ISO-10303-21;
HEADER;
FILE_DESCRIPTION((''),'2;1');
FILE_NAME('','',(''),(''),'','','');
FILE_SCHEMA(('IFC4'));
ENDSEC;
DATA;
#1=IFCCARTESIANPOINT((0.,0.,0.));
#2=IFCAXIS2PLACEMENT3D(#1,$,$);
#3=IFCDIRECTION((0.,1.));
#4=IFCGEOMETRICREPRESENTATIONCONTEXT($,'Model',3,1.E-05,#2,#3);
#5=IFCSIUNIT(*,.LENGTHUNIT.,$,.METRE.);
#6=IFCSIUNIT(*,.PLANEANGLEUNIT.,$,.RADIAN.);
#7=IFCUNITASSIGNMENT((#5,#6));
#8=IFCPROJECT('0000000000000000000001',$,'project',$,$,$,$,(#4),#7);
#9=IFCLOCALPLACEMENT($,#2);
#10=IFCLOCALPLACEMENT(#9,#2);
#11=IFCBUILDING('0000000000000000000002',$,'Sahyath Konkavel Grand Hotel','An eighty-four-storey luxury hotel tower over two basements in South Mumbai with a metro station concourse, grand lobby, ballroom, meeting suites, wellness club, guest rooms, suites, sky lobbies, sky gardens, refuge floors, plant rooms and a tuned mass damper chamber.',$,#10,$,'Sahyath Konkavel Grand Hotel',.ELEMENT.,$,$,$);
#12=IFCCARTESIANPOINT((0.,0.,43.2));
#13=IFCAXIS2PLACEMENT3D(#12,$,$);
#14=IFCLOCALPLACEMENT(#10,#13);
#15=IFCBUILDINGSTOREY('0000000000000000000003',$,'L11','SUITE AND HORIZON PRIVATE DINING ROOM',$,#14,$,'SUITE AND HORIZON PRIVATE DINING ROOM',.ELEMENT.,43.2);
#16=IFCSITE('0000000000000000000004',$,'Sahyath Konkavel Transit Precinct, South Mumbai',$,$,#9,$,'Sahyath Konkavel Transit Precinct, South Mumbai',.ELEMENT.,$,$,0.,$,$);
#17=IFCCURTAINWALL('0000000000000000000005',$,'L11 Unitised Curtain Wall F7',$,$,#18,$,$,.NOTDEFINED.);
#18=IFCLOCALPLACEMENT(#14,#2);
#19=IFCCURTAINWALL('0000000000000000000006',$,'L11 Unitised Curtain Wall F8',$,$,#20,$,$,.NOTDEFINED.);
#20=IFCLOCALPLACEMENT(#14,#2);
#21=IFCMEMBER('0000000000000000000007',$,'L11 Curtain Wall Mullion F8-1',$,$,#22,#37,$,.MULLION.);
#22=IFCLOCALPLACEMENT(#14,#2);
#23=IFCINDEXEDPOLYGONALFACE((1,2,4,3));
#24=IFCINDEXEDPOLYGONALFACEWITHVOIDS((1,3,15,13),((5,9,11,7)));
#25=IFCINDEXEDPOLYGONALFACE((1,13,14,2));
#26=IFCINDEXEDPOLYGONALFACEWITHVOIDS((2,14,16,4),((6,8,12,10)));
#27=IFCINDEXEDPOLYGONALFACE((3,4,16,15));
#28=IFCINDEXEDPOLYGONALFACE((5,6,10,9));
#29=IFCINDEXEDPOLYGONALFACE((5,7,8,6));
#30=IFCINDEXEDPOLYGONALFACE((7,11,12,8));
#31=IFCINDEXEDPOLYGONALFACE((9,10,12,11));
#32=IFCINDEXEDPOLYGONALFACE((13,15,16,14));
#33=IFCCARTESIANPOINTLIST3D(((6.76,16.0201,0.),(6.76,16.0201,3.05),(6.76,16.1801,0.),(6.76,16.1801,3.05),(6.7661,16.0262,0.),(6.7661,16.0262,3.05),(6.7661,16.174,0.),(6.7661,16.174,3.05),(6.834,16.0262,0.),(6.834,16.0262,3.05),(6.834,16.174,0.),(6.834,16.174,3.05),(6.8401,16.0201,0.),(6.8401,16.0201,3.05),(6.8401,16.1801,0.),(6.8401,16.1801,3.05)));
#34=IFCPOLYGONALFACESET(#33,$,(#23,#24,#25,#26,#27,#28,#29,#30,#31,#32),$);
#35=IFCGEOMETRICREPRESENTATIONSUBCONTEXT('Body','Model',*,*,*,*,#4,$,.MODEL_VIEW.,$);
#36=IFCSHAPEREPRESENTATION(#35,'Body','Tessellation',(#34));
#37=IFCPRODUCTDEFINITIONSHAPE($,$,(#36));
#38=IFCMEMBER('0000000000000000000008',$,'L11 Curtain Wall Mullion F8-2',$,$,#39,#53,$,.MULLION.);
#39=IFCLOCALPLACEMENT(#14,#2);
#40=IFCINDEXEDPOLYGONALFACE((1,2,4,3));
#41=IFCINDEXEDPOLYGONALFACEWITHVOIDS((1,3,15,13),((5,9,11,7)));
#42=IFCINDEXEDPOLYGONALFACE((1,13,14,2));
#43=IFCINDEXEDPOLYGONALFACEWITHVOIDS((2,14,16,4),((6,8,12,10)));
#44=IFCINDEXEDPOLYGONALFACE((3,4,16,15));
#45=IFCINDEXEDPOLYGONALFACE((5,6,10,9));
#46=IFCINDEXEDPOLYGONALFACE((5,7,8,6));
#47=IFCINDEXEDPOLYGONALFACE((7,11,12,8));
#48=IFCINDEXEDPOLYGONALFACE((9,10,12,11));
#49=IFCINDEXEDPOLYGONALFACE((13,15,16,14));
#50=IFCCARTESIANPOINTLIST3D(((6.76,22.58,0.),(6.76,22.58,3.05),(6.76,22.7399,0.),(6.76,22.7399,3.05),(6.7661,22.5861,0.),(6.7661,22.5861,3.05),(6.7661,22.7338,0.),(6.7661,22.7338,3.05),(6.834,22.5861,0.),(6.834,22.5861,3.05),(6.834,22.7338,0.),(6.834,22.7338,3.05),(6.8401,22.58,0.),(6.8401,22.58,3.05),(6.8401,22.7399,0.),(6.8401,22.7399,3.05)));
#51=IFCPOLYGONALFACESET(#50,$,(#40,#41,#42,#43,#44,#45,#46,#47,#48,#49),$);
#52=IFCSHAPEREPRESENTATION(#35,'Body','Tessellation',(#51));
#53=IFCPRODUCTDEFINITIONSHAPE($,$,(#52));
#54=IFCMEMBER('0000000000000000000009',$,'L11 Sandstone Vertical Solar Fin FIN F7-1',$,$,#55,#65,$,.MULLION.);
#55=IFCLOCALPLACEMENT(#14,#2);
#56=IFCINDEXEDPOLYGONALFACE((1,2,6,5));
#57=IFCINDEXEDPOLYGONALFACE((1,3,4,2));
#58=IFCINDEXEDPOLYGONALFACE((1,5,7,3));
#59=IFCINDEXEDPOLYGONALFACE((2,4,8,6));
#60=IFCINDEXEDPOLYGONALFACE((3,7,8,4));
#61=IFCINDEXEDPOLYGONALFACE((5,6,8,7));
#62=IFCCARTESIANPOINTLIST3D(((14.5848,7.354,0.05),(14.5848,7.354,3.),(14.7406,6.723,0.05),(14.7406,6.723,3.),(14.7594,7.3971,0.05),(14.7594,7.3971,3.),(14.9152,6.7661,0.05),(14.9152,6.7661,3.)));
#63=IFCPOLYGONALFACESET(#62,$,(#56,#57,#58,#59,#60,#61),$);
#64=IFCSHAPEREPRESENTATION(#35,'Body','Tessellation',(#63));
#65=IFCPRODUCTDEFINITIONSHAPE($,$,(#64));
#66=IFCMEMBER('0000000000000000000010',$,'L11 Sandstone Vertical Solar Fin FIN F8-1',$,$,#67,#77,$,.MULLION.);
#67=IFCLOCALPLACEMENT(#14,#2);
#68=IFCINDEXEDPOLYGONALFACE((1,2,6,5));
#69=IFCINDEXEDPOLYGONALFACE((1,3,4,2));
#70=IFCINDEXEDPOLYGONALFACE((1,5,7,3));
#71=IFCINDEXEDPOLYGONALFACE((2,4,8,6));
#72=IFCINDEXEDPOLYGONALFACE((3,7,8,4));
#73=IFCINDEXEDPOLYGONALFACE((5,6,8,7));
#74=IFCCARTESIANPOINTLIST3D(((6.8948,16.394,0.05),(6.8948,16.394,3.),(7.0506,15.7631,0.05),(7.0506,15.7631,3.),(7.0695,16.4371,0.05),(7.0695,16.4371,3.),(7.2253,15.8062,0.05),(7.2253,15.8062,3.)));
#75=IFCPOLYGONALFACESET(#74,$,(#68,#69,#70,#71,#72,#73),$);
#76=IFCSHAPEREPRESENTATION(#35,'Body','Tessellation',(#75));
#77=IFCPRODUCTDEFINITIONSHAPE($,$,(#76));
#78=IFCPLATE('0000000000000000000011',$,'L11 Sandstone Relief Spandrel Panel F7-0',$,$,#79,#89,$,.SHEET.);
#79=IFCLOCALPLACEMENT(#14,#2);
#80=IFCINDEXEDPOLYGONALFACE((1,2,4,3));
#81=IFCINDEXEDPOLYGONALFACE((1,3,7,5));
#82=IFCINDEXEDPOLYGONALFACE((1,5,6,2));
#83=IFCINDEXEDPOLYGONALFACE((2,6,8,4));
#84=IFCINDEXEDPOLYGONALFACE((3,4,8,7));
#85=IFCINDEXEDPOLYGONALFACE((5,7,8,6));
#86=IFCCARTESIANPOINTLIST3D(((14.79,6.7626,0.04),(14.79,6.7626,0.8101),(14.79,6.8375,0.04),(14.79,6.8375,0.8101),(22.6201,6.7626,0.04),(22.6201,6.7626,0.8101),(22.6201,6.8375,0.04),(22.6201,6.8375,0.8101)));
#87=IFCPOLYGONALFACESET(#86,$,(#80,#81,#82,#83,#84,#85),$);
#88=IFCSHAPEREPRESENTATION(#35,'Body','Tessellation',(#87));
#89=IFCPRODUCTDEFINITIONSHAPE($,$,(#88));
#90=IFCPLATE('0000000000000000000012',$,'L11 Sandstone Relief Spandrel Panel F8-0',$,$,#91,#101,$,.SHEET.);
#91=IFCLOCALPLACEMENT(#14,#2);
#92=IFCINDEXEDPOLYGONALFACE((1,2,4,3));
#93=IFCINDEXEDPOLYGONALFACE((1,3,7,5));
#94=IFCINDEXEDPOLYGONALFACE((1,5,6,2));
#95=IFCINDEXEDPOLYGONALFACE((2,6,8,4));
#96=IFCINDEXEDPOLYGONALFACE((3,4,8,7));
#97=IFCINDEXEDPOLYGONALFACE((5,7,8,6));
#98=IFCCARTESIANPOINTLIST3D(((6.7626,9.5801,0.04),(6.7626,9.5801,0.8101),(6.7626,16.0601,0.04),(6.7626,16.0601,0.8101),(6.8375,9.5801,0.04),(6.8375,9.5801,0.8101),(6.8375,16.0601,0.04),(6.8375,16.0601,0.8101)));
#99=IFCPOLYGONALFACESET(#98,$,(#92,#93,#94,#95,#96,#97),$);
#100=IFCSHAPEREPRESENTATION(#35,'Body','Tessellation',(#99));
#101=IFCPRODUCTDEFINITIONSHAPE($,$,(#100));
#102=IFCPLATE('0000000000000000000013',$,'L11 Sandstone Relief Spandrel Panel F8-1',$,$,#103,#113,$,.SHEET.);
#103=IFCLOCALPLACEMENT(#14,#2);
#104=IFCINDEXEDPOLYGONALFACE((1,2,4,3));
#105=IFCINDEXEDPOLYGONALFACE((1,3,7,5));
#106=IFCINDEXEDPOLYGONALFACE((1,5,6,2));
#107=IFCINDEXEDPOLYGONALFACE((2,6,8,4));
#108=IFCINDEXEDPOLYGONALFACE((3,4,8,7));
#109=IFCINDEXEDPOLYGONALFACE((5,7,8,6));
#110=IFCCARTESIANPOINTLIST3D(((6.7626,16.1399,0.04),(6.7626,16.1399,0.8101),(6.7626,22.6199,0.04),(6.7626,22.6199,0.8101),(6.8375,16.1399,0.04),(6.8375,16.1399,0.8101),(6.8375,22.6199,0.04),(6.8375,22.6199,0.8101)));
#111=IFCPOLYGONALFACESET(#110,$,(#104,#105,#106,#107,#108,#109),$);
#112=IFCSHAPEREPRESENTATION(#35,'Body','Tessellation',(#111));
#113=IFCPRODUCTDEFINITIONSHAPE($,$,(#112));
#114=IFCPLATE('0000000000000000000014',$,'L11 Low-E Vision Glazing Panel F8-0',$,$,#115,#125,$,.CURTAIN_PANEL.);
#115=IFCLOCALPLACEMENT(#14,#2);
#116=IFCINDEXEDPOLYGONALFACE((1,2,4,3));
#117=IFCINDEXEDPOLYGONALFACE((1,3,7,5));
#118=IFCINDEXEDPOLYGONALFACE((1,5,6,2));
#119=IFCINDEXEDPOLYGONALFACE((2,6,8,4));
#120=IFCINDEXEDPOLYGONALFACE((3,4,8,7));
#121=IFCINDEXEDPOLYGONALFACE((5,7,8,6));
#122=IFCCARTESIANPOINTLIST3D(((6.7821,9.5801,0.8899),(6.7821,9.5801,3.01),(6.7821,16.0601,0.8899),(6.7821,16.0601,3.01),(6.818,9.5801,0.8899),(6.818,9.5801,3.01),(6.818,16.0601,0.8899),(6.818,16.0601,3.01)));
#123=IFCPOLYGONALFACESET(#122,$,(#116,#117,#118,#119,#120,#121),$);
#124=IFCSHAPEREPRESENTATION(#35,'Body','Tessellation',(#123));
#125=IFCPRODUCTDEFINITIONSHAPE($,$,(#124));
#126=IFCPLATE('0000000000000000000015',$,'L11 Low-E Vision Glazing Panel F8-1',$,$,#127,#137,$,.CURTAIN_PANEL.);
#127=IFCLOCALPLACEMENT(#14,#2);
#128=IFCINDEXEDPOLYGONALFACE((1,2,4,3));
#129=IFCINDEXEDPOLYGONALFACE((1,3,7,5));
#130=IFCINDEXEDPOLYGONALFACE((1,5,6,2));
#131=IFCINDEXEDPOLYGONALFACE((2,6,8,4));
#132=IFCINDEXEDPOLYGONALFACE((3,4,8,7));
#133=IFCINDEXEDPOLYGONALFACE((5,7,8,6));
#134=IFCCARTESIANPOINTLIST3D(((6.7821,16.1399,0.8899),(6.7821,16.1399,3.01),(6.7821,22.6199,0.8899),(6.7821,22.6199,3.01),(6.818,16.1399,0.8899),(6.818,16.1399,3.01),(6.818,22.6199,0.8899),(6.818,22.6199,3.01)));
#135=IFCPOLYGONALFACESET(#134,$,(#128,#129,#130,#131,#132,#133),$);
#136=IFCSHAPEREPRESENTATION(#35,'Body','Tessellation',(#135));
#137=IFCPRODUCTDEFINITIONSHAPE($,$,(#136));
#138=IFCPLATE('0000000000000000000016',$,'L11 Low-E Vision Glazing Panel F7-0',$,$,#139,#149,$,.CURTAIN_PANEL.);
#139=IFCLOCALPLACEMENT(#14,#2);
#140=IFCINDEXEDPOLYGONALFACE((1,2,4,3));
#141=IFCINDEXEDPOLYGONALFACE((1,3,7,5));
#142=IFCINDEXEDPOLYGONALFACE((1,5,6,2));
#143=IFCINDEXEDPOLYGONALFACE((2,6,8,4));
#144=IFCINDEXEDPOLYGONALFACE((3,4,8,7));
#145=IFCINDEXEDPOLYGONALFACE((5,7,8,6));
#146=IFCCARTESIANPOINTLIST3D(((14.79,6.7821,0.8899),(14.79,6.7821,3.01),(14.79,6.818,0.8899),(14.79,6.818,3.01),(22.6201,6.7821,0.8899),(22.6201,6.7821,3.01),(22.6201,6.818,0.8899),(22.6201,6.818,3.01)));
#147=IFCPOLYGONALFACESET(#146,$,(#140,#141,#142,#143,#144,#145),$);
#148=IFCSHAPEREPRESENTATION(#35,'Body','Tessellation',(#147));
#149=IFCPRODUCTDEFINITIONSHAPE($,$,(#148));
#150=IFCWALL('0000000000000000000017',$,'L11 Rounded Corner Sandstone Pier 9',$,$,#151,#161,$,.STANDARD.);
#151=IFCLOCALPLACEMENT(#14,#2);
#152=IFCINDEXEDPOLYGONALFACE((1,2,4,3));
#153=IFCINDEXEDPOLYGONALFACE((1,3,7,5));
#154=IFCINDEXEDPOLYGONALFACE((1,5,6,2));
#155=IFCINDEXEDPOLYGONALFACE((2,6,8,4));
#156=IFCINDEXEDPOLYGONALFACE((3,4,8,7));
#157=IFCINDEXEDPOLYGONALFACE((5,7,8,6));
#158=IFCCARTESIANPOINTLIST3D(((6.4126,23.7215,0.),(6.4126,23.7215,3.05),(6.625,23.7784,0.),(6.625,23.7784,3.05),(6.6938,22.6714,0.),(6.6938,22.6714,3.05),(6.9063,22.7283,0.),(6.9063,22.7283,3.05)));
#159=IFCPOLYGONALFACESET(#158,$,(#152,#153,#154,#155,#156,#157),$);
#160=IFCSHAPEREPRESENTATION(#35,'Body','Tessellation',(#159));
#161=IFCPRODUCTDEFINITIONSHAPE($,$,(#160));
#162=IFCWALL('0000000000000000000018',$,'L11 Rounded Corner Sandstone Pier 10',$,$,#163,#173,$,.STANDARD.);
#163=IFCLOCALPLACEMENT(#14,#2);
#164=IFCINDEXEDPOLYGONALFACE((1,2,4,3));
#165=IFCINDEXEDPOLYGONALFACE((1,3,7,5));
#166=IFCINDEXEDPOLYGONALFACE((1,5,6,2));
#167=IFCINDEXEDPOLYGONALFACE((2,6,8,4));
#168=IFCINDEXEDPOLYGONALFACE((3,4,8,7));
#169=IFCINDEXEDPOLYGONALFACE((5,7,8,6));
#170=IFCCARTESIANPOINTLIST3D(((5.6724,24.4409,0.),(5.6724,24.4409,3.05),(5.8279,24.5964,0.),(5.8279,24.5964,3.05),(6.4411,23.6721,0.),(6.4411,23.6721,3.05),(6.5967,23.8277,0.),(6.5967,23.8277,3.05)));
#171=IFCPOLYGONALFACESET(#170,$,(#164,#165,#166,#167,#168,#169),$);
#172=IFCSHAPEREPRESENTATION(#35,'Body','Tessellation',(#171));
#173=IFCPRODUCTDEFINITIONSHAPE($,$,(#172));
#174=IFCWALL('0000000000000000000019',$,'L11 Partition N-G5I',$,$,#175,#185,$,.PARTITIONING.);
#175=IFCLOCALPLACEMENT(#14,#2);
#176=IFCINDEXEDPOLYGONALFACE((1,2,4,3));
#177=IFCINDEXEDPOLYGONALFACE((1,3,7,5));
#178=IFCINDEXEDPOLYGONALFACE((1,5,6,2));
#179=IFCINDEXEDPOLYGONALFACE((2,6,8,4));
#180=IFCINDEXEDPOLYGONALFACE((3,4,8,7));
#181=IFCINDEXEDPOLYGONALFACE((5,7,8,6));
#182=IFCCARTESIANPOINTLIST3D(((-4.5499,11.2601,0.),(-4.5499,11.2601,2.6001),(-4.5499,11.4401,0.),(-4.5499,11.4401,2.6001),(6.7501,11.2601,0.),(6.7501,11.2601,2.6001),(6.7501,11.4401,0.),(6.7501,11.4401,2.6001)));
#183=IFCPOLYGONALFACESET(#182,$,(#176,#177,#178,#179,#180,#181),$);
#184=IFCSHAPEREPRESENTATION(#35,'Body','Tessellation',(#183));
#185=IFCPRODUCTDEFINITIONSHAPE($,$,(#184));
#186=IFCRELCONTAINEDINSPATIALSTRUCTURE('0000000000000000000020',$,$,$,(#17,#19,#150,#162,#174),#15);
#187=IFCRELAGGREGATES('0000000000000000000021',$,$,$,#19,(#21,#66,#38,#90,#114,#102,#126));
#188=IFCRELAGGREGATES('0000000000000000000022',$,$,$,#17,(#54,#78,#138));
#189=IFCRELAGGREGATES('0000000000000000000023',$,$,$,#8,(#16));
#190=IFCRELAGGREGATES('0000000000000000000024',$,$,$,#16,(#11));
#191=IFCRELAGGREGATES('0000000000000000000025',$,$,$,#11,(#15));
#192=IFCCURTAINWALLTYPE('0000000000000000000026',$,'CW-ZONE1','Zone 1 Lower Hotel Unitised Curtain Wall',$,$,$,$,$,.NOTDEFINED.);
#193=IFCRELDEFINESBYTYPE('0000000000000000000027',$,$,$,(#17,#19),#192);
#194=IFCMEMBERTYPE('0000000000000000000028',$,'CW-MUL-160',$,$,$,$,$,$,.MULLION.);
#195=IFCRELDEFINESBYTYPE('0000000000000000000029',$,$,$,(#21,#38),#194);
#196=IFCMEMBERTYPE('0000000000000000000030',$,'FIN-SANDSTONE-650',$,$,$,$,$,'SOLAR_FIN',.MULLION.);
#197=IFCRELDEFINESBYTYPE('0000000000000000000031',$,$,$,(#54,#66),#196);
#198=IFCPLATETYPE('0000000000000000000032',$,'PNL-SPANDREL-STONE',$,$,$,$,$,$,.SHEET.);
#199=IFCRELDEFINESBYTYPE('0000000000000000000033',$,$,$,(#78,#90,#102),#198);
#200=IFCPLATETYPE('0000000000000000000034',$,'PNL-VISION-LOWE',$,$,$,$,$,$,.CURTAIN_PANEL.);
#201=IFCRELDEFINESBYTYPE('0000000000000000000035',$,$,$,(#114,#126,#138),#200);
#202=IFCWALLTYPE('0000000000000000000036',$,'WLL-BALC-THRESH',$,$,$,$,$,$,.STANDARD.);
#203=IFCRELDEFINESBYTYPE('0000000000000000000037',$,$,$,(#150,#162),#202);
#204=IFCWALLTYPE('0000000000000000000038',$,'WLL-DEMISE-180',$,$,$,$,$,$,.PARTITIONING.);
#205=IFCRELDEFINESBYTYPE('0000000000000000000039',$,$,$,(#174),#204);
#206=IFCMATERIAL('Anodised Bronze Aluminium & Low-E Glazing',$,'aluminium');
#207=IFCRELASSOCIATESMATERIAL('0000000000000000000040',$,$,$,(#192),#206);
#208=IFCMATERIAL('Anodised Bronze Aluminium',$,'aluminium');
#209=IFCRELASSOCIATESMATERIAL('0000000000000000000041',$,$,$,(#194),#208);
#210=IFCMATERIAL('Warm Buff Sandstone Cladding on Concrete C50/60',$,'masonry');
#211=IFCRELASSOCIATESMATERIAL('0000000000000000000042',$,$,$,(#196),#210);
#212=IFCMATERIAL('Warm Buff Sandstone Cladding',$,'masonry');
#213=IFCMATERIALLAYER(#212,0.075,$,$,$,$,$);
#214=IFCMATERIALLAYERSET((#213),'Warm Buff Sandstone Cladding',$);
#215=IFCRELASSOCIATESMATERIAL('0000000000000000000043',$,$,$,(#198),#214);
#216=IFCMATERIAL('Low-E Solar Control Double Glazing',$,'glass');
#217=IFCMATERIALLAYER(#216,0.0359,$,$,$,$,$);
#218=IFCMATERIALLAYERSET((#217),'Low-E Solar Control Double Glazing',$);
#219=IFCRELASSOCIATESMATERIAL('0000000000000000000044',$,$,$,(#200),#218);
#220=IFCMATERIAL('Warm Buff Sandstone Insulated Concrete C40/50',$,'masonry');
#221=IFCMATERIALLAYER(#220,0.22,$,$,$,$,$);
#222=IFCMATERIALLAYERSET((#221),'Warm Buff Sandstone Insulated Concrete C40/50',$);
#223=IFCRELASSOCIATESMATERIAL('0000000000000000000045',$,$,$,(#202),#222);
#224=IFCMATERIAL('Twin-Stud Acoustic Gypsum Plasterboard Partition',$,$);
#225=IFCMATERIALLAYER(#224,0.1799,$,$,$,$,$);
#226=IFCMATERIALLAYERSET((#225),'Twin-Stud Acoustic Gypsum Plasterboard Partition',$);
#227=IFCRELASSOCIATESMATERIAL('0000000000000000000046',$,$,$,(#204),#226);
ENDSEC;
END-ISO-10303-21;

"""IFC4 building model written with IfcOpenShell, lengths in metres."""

from ifc_helpers import new_model, si_unit, direction, frame, frame_2d, origin, origin_2d, place, context, subcontext, project, spatial, rectangle, hollow_rectangle, extrude, source, transform, mapped, material, layer, layer_set, material_profile, profile_set, type_object, element, aggregate, save


model = new_model("IFC4")

# Units and contexts
model_context = context("Model", 3, precision=1e-05, world=origin(), true_north=direction((0.0, 1.0)))
body_context = subcontext(model_context, "Body", "Model", "MODEL_VIEW")
ifc_project = project(units=[si_unit("LENGTHUNIT", "METRE"), si_unit("PLANEANGLEUNIT", "RADIAN")], contexts=[model_context])

# Site, building, storey
site_placement = place(None, origin())
site = spatial("IfcSite", under=ifc_project, at=site_placement, Name="Sahyath Konkavel Transit Precinct, South Mumbai", LongName="Sahyath Konkavel Transit Precinct, South Mumbai", CompositionType="ELEMENT", RefElevation=0.0)
building_placement = place(site_placement, origin())
building = spatial("IfcBuilding", under=site, at=building_placement, Name="Sahyath Konkavel Grand Hotel", Description="An eighty-four-storey luxury hotel tower over two basements in South Mumbai with a metro station concourse, grand lobby, ballroom, meeting suites, wellness club, guest rooms, suites, sky lobbies, sky gardens, refuge floors, plant rooms and a tuned mass damper chamber.", LongName="Sahyath Konkavel Grand Hotel", CompositionType="ELEMENT")
storey_placement = place(building_placement, frame((0.0, 0.0, 43.2)))
storey = spatial("IfcBuildingStorey", under=building, at=storey_placement, Name="L11", Description="SUITE AND HORIZON PRIVATE DINING ROOM", LongName="SUITE AND HORIZON PRIVATE DINING ROOM", CompositionType="ELEMENT", Elevation=43.2)

# Curtain walls
ifc_material_1 = material(Name="Anodised Bronze Aluminium & Low-E Glazing", Category="aluminium")
curtain_wall_type = type_object("IfcCurtainWallType", Name="CW-ZONE1", Description="Zone 1 Lower Hotel Unitised Curtain Wall", PredefinedType="NOTDEFINED", material=ifc_material_1)
curtain_wall_1_placement = place(storey_placement, origin())
curtain_wall_1 = element("IfcCurtainWall", 1, at=curtain_wall_1_placement, inside=storey, type_object=curtain_wall_type, Name="L11 Unitised Curtain Wall F7", PredefinedType="NOTDEFINED")
ifc_material_2 = material(Name="Anodised Bronze Aluminium", Category="aluminium")
curtain_wall_2_placement = place(storey_placement, origin())
curtain_wall_2 = element("IfcCurtainWall", 2, at=curtain_wall_2_placement, inside=storey, type_object=curtain_wall_type, Name="L11 Unitised Curtain Wall F8", PredefinedType="NOTDEFINED")

# Members
ifc_material_profile_1 = material_profile(ifc_material_2, hollow_rectangle(XDim=0.0801, YDim=0.1599, WallThickness=0.0061, at=origin_2d()), Name="RHS 160x80x6")
ifc_profile_set_1 = profile_set([ifc_material_profile_1], Name="Anodised Bronze Aluminium")
member_type_1 = type_object("IfcMemberType", Name="CW-MUL-160", PredefinedType="MULLION", material=ifc_profile_set_1)
shared_shape_1 = source(origin(), body_context, "Body", "SweptSolid", [
    extrude(hollow_rectangle(XDim=0.0801, YDim=0.1599, WallThickness=0.0061, at=origin_2d()), origin(), (0.0, 0.0, 1.0), 3.05),
])
member_1_placement = place(storey_placement, frame((6.8, 16.1001, 0.0), z_axis=(0.0, 0.0, 1.0), x_axis=(1.0, 0.0, 0.0)))
member_1 = element("IfcMember", 3, at=member_1_placement, type_object=member_type_1, Name="L11 Curtain Wall Mullion F8-1", PredefinedType="MULLION", context=body_context, shape_type="MappedRepresentation", body=[
    mapped(shared_shape_1, transform((0.0, 0.0, 0.0), scale=1.0)),
])
member_2_placement = place(storey_placement, frame((6.8, 22.6599, 0.0), z_axis=(0.0, 0.0, 1.0), x_axis=(1.0, 0.0, 0.0)))
member_2 = element("IfcMember", 4, at=member_2_placement, type_object=member_type_1, Name="L11 Curtain Wall Mullion F8-2", PredefinedType="MULLION", context=body_context, shape_type="MappedRepresentation", body=[
    mapped(shared_shape_1, transform((0.0, 0.0, 0.0), scale=1.0)),
])
ifc_material_3 = material(Name="Warm Buff Sandstone Cladding on Concrete C50/60", Category="masonry")
ifc_material_profile_2 = material_profile(ifc_material_3, rectangle(XDim=0.1799, YDim=0.6499, at=origin_2d()), Name="FIN 180x650")
ifc_profile_set_2 = profile_set([ifc_material_profile_2], Name="Warm Buff Sandstone Cladding on Concrete C50/60")
member_type_2 = type_object("IfcMemberType", Name="FIN-SANDSTONE-650", ElementType="SOLAR_FIN", PredefinedType="MULLION", material=ifc_profile_set_2)
shared_shape_2 = source(origin(), body_context, "Body", "SweptSolid", [
    extrude(rectangle(XDim=0.1799, YDim=0.6499, at=origin_2d()), origin(), (0.0, 0.0, 1.0), 2.95),
])
member_3_placement = place(storey_placement, frame((14.75, 7.0601, 0.05), z_axis=(0.0, 0.0, 1.0), x_axis=(0.970842, 0.23972, 0.0)))
member_3 = element("IfcMember", 5, at=member_3_placement, type_object=member_type_2, Name="L11 Sandstone Vertical Solar Fin FIN F7-1", PredefinedType="MULLION", context=body_context, shape_type="MappedRepresentation", body=[
    mapped(shared_shape_2, transform((0.0, 0.0, 0.0), scale=1.0)),
])
member_4_placement = place(storey_placement, frame((7.0601, 16.1001, 0.05), z_axis=(0.0, 0.0, 1.0), x_axis=(0.970842, 0.23972, 0.0)))
member_4 = element("IfcMember", 6, at=member_4_placement, type_object=member_type_2, Name="L11 Sandstone Vertical Solar Fin FIN F8-1", PredefinedType="MULLION", context=body_context, shape_type="MappedRepresentation", body=[
    mapped(shared_shape_2, transform((0.0, 0.0, 0.0), scale=1.0)),
])

# Plates
ifc_material_4 = material(Name="Warm Buff Sandstone Cladding", Category="masonry")
ifc_layer_1 = layer(ifc_material_4, 0.075)
ifc_layer_set_1 = layer_set([ifc_layer_1], Name="Warm Buff Sandstone Cladding")
plate_type_1 = type_object("IfcPlateType", Name="PNL-SPANDREL-STONE", PredefinedType="SHEET", material=ifc_layer_set_1)
shared_shape_3 = source(origin(), body_context, "Body", "SweptSolid", [
    extrude(rectangle(XDim=7.8301, YDim=0.075, at=origin_2d()), origin(), (0.0, 0.0, 1.0), 0.77),
])
plate_1_placement = place(storey_placement, frame((18.7051, 6.8, 0.04), z_axis=(0.0, 0.0, 1.0), x_axis=(-1.0, 0.0, 0.0)))
plate_1 = element("IfcPlate", 7, at=plate_1_placement, type_object=plate_type_1, Name="L11 Sandstone Relief Spandrel Panel F7-0", PredefinedType="SHEET", context=body_context, shape_type="MappedRepresentation", body=[
    mapped(shared_shape_3, transform((0.0, 0.0, 0.0), scale=1.0)),
])
shared_shape_4 = source(origin(), body_context, "Body", "SweptSolid", [
    extrude(rectangle(XDim=6.48, YDim=0.075, at=origin_2d()), origin(), (0.0, 0.0, 1.0), 0.77),
])
plate_2_placement = place(storey_placement, frame((6.8, 12.8201, 0.04), z_axis=(0.0, 0.0, 1.0), x_axis=(0.0, 1.0, 0.0)))
plate_2 = element("IfcPlate", 8, at=plate_2_placement, type_object=plate_type_1, Name="L11 Sandstone Relief Spandrel Panel F8-0", PredefinedType="SHEET", context=body_context, shape_type="MappedRepresentation", body=[
    mapped(shared_shape_4, transform((0.0, 0.0, 0.0), scale=1.0)),
])
plate_3_placement = place(storey_placement, frame((6.8, 19.3799, 0.04), z_axis=(0.0, 0.0, 1.0), x_axis=(0.0, 1.0, 0.0)))
plate_3 = element("IfcPlate", 9, at=plate_3_placement, type_object=plate_type_1, Name="L11 Sandstone Relief Spandrel Panel F8-1", PredefinedType="SHEET", context=body_context, shape_type="MappedRepresentation", body=[
    mapped(shared_shape_4, transform((0.0, 0.0, 0.0), scale=1.0)),
])
ifc_material_5 = material(Name="Low-E Solar Control Double Glazing", Category="glass")
ifc_layer_2 = layer(ifc_material_5, 0.0359)
ifc_layer_set_2 = layer_set([ifc_layer_2], Name="Low-E Solar Control Double Glazing")
plate_type_2 = type_object("IfcPlateType", Name="PNL-VISION-LOWE", PredefinedType="CURTAIN_PANEL", material=ifc_layer_set_2)
shared_shape_5 = source(origin(), body_context, "Body", "SweptSolid", [
    extrude(rectangle(XDim=6.48, YDim=0.0359, at=origin_2d()), origin(), (0.0, 0.0, 1.0), 2.1201),
])
plate_4_placement = place(storey_placement, frame((6.8, 12.8201, 0.8899), z_axis=(0.0, 0.0, 1.0), x_axis=(0.0, 1.0, 0.0)))
plate_4 = element("IfcPlate", 10, at=plate_4_placement, type_object=plate_type_2, Name="L11 Low-E Vision Glazing Panel F8-0", PredefinedType="CURTAIN_PANEL", context=body_context, shape_type="MappedRepresentation", body=[
    mapped(shared_shape_5, transform((0.0, 0.0, 0.0), scale=1.0)),
])
plate_5_placement = place(storey_placement, frame((6.8, 19.3799, 0.8899), z_axis=(0.0, 0.0, 1.0), x_axis=(0.0, 1.0, 0.0)))
plate_5 = element("IfcPlate", 11, at=plate_5_placement, type_object=plate_type_2, Name="L11 Low-E Vision Glazing Panel F8-1", PredefinedType="CURTAIN_PANEL", context=body_context, shape_type="MappedRepresentation", body=[
    mapped(shared_shape_5, transform((0.0, 0.0, 0.0), scale=1.0)),
])
aggregate(curtain_wall_2, [member_1, member_4, member_2, plate_2, plate_4, plate_3, plate_5])
shared_shape_6 = source(origin(), body_context, "Body", "SweptSolid", [
    extrude(rectangle(XDim=7.8301, YDim=0.0359, at=origin_2d()), origin(), (0.0, 0.0, 1.0), 2.1201),
])
plate_6_placement = place(storey_placement, frame((18.7051, 6.8, 0.8899), z_axis=(0.0, 0.0, 1.0), x_axis=(-1.0, 0.0, 0.0)))
plate_6 = element("IfcPlate", 12, at=plate_6_placement, type_object=plate_type_2, Name="L11 Low-E Vision Glazing Panel F7-0", PredefinedType="CURTAIN_PANEL", context=body_context, shape_type="MappedRepresentation", body=[
    mapped(shared_shape_6, transform((0.0, 0.0, 0.0), scale=1.0)),
])
aggregate(curtain_wall_1, [member_3, plate_1, plate_6])

# Walls
ifc_material_6 = material(Name="Warm Buff Sandstone Insulated Concrete C40/50", Category="masonry")
ifc_layer_3 = layer(ifc_material_6, 0.22)
ifc_layer_set_3 = layer_set([ifc_layer_3], Name="Warm Buff Sandstone Insulated Concrete C40/50")
wall_type_1 = type_object("IfcWallType", Name="WLL-BALC-THRESH", PredefinedType="STANDARD", material=ifc_layer_set_3)
for number, where, z_axis, x_axis, name in (
    (13, (6.8, 22.7, 0.0), (0.0, 0.0, 1.0), (-0.258725, 0.965951, 0.0), "L11 Rounded Corner Sandstone Pier 9"),
    (14, (6.5188, 23.75, 0.0), (0.0, 0.0, 1.0), (-0.707107, 0.707107, 0.0), "L11 Rounded Corner Sandstone Pier 10"),
):
    element("IfcWall", number, at=place(storey_placement, frame(where, z_axis=z_axis, x_axis=x_axis)), inside=storey, type_object=wall_type_1, Name=name, PredefinedType="STANDARD", context=body_context, shape_type="SweptSolid", body=[
        extrude(rectangle(XDim=1.0872, YDim=0.22, at=frame_2d((0.5435, 0.0))), origin(), (0.0, 0.0, 1.0), 3.05),
    ])
ifc_material_7 = material(Name="Twin-Stud Acoustic Gypsum Plasterboard Partition")
ifc_layer_4 = layer(ifc_material_7, 0.1799)
ifc_layer_set_4 = layer_set([ifc_layer_4], Name="Twin-Stud Acoustic Gypsum Plasterboard Partition")
wall_type_2 = type_object("IfcWallType", Name="WLL-DEMISE-180", PredefinedType="PARTITIONING", material=ifc_layer_set_4)
wall_1_placement = place(storey_placement, frame((6.75, 11.3501, 0.0), z_axis=(0.0, 0.0, 1.0), x_axis=(-1.0, 0.0, 0.0)))
element("IfcWall", 15, at=wall_1_placement, inside=storey, type_object=wall_type_2, Name="L11 Partition N-G5I", PredefinedType="PARTITIONING", context=body_context, shape_type="SweptSolid", body=[
    extrude(rectangle(XDim=11.3, YDim=0.1799, at=frame_2d((5.6499, 0.0))), origin(), (0.0, 0.0, 1.0), 2.6001),
])

save(model, "model.ifc")
